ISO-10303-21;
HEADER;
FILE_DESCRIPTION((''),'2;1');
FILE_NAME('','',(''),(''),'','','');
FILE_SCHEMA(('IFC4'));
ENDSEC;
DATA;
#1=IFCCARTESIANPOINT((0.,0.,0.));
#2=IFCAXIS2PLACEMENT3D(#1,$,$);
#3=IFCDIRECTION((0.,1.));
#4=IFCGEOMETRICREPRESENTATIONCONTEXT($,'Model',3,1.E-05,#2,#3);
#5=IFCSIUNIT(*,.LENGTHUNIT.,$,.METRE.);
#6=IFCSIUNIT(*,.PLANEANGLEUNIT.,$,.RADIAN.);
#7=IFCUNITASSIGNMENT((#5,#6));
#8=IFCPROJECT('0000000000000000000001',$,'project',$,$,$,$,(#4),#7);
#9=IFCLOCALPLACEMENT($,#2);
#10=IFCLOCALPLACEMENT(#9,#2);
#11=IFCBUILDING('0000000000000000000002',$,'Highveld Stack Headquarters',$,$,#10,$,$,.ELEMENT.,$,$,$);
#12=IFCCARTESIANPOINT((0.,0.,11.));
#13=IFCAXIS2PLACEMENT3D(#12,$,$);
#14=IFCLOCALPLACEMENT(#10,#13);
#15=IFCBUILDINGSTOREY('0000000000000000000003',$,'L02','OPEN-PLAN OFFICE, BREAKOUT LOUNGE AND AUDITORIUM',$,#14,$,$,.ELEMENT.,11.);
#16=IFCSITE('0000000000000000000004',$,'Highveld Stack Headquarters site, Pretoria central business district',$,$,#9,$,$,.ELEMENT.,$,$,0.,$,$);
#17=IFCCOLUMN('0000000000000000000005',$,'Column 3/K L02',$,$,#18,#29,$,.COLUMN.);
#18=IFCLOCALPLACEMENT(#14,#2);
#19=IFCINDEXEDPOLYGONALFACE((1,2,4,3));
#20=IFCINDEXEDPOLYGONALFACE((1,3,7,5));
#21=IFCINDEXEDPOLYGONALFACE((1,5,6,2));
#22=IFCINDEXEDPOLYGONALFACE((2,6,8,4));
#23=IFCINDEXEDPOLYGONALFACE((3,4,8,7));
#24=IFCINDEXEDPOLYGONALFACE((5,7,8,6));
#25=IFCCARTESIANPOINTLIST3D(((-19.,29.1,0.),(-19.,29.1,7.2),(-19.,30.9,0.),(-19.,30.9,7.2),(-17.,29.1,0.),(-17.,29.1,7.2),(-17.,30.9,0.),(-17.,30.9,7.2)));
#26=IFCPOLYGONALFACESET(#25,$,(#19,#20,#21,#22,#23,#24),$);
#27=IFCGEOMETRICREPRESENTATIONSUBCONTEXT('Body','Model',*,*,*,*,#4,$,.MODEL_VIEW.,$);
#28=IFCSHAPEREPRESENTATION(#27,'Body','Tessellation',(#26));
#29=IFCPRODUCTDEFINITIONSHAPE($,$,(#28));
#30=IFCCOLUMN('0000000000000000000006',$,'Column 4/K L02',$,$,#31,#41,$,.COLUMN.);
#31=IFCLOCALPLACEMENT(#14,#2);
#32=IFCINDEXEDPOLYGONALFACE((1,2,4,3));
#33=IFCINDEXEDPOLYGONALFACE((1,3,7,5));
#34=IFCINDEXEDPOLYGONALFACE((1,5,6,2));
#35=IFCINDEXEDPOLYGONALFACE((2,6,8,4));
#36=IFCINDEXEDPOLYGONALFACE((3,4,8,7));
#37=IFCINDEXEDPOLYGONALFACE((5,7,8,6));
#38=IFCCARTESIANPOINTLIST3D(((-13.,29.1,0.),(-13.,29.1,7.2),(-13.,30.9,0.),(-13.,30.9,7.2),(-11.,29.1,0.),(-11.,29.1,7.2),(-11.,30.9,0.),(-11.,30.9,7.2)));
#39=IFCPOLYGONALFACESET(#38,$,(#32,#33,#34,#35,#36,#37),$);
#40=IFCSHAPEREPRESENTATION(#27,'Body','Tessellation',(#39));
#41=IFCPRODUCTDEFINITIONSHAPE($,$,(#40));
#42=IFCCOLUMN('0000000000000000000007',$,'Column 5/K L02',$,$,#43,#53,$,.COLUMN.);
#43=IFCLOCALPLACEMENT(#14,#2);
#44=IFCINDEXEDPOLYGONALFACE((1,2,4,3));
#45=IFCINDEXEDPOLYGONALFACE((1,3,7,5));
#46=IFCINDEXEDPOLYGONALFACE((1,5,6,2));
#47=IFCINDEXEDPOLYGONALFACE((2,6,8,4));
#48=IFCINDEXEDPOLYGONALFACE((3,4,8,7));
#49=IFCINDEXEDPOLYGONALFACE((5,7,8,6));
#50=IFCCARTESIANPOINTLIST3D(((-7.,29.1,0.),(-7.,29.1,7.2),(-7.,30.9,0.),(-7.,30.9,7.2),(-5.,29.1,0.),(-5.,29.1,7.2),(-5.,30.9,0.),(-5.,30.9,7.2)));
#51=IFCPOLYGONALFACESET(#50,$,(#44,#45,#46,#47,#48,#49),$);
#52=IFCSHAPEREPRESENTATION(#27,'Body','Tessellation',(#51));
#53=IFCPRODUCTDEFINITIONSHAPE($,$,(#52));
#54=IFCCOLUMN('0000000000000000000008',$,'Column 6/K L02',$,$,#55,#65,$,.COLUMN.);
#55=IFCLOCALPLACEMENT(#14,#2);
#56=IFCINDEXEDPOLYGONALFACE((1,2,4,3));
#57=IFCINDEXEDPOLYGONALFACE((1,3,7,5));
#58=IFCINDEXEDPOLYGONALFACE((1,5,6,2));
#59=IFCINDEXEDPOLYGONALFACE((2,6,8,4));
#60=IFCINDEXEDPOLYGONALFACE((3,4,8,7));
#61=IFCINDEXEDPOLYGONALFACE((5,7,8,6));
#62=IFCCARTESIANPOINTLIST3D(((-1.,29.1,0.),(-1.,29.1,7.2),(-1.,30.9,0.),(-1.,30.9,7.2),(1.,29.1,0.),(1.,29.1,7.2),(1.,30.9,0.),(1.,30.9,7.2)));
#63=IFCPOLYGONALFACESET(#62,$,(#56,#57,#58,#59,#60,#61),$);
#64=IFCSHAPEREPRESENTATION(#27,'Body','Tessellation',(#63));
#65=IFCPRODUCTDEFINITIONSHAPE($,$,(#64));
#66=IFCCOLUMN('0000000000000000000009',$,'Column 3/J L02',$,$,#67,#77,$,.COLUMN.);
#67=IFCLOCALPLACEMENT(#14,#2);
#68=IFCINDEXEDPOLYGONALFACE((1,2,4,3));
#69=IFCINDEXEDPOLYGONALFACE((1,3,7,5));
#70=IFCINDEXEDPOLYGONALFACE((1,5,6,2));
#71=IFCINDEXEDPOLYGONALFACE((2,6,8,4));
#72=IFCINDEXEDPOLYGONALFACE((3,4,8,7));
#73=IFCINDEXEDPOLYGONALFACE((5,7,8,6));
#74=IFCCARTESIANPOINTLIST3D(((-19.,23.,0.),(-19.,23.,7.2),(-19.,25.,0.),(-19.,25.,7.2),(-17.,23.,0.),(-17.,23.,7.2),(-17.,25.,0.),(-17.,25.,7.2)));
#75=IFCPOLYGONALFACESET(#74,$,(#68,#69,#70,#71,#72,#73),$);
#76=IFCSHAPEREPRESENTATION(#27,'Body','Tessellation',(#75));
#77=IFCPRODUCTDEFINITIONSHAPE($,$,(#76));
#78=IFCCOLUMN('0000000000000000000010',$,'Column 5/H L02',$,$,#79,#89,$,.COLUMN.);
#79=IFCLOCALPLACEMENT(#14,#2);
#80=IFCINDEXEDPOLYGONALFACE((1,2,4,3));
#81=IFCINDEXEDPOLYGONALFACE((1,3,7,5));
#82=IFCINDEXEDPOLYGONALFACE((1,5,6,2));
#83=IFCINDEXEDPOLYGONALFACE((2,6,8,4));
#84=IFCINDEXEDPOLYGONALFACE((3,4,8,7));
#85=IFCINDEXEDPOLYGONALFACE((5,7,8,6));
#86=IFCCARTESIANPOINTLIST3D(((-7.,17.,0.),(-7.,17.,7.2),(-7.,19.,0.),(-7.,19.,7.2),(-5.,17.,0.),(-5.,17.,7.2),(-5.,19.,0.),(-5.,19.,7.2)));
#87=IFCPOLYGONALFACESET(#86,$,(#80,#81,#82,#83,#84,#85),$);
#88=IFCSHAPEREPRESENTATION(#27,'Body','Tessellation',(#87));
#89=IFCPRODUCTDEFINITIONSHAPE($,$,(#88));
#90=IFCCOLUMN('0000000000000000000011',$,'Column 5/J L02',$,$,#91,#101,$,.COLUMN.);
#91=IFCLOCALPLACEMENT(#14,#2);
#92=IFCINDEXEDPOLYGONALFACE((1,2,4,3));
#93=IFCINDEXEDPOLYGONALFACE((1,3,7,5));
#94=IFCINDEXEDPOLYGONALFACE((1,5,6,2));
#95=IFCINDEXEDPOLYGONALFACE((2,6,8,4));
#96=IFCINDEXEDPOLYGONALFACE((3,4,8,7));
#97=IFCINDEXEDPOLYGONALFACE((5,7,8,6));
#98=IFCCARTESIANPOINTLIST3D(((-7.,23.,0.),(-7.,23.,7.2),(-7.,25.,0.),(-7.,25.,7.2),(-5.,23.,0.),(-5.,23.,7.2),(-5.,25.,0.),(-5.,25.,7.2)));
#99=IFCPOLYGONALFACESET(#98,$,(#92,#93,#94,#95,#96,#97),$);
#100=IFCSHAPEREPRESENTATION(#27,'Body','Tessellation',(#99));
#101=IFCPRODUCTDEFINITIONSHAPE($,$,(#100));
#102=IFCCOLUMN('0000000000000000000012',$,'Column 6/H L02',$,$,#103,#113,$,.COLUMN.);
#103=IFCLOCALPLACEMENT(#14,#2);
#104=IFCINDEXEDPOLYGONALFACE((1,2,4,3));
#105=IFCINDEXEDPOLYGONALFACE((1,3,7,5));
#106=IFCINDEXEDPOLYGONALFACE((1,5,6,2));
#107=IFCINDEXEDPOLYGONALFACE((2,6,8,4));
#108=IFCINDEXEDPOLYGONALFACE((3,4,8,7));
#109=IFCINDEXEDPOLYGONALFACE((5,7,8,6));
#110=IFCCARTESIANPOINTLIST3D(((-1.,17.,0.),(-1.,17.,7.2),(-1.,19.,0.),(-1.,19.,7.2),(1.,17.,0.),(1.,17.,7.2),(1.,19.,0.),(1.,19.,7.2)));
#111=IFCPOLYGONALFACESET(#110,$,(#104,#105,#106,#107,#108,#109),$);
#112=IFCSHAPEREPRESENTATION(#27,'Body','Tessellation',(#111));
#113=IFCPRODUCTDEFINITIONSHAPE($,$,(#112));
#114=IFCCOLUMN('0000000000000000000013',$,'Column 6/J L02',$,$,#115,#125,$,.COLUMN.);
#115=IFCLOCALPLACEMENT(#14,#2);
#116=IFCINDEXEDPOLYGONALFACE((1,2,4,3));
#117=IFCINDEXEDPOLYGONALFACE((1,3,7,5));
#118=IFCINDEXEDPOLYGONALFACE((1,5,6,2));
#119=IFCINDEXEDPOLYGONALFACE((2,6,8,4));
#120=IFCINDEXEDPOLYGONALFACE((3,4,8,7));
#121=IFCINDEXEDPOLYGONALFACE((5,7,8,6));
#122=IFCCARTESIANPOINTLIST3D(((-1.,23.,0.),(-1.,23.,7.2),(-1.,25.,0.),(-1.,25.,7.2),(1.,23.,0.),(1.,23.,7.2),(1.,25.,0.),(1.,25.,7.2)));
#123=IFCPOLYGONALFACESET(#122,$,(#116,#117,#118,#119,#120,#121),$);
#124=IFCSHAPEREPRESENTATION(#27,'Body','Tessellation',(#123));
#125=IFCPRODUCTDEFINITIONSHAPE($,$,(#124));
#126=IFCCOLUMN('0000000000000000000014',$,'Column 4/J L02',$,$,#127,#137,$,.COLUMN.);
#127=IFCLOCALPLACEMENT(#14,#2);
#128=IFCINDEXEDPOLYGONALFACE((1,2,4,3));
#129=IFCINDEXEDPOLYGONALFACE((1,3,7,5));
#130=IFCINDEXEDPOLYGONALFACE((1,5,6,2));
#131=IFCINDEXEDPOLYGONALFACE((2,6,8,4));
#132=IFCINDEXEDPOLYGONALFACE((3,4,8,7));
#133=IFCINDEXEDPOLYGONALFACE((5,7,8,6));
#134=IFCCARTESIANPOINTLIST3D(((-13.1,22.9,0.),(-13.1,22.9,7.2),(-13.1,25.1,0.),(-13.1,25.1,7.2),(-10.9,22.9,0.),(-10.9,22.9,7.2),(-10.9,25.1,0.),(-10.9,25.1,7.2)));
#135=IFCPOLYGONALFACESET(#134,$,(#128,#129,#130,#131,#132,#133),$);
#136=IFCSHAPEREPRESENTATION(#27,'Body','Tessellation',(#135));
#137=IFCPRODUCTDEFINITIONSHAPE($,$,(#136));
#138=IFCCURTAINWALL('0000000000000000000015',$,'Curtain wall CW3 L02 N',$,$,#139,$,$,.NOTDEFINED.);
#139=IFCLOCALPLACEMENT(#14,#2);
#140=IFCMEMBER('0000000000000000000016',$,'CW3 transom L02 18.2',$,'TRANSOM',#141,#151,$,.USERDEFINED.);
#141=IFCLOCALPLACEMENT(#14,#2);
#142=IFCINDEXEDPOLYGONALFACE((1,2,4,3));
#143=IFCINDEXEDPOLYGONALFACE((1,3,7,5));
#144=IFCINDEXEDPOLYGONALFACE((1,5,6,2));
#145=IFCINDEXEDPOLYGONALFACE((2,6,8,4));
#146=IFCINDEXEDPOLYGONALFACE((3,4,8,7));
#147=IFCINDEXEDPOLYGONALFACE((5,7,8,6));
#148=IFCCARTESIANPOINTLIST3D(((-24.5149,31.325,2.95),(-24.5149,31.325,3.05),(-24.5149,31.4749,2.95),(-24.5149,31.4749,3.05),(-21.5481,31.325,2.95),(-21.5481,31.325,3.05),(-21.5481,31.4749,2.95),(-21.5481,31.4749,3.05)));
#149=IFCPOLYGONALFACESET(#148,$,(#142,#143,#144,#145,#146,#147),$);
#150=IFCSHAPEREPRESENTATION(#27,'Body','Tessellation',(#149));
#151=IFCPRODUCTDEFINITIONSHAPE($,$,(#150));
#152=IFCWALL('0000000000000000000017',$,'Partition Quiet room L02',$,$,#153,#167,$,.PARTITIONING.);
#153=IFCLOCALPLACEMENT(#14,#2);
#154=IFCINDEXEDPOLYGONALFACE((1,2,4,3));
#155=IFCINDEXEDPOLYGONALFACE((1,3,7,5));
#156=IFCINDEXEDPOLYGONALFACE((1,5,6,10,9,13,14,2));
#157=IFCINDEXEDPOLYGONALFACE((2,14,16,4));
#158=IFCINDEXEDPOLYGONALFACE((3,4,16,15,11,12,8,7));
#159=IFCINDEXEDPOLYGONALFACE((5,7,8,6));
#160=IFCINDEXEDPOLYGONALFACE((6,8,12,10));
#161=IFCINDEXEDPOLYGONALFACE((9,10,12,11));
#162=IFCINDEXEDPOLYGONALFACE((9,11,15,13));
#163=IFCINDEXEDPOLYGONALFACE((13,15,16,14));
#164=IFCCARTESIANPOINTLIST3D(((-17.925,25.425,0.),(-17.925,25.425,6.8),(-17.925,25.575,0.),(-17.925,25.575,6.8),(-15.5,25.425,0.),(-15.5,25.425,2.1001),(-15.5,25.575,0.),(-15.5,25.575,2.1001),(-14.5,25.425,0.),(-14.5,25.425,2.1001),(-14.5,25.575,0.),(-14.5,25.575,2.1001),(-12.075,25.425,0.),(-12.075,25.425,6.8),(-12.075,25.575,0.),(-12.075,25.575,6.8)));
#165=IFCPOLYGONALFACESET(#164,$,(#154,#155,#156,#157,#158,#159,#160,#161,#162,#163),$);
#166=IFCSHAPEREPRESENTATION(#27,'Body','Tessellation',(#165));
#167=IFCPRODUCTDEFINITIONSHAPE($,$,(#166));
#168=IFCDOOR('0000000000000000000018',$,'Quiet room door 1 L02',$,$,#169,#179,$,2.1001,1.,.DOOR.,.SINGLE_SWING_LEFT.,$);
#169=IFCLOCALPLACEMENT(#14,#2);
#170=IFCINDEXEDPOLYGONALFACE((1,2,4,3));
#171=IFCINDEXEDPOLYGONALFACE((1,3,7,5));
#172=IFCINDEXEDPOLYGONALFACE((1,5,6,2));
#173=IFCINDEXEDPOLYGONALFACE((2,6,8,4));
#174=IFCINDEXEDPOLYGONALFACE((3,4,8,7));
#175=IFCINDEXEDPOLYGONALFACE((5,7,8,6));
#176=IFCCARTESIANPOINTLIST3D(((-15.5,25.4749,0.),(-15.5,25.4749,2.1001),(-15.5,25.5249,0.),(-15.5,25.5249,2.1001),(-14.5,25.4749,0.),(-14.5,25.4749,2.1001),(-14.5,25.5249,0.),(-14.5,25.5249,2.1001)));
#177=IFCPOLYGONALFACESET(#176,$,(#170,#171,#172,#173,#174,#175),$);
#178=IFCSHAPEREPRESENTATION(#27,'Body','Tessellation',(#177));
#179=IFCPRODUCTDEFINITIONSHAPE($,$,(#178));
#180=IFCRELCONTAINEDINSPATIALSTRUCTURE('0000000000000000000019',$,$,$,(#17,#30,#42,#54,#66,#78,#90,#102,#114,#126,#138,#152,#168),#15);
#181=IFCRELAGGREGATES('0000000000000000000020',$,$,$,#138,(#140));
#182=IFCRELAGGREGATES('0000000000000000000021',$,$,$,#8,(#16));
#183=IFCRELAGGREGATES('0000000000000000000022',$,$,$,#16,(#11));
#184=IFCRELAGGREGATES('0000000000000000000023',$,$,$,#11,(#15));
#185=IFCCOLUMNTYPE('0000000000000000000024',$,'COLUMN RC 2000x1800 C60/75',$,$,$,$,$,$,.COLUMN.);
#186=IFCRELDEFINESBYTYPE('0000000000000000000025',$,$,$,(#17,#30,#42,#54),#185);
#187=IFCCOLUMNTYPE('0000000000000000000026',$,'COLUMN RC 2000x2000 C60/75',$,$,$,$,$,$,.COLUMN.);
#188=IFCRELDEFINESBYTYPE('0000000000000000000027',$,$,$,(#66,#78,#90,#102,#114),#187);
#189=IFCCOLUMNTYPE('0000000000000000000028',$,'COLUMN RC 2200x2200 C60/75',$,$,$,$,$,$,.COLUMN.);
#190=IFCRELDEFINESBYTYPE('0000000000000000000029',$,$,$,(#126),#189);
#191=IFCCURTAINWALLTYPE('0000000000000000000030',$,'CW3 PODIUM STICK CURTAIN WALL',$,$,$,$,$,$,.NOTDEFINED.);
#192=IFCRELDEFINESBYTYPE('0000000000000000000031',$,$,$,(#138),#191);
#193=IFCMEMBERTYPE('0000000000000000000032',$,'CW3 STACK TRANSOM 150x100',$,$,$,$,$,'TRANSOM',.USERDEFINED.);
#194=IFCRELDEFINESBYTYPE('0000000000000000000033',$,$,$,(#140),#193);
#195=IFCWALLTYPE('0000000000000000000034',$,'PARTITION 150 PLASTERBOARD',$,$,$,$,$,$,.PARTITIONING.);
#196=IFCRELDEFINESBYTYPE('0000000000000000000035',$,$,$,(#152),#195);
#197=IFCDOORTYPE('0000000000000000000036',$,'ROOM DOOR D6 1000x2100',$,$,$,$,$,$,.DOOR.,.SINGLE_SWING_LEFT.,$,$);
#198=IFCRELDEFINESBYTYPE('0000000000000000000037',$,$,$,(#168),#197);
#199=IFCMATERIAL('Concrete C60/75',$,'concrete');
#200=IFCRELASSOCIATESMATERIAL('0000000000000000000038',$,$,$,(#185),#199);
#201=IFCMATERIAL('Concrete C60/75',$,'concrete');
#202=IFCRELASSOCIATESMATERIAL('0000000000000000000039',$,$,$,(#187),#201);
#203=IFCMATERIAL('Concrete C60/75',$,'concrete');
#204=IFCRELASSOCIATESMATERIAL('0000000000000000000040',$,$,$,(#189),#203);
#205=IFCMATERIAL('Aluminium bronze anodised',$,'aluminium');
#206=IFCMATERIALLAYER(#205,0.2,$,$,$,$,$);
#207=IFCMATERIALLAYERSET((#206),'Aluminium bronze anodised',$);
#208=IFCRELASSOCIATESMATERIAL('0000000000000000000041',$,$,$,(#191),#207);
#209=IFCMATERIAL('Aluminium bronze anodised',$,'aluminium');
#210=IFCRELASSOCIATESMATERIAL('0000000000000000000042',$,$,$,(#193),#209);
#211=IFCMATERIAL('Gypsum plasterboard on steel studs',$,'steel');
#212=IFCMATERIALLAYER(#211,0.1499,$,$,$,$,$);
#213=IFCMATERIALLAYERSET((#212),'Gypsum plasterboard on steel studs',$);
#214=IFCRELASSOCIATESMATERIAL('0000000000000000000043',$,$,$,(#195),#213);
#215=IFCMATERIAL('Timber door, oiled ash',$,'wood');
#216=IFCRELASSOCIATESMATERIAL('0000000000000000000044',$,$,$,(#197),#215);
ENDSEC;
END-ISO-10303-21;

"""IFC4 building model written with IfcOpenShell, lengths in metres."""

from ifc_helpers import new_model, si_unit, direction, frame, frame_2d, origin, origin_2d, place, context, subcontext, project, spatial, rectangle, extrude, material, layer, layer_set, material_profile, profile_set, type_object, element, fill, aggregate, save


model = new_model("IFC4")

# Units and contexts
model_context = context("Model", 3, precision=1e-05, world=origin(), true_north=direction((0.0, 1.0)))
body_context = subcontext(model_context, "Body", "Model", "MODEL_VIEW")
ifc_project = project(units=[si_unit("LENGTHUNIT", "METRE"), si_unit("PLANEANGLEUNIT", "RADIAN")], contexts=[model_context])

# Site, building, storey
site_placement = place(None, origin())
site = spatial("IfcSite", under=ifc_project, at=site_placement, Name="Highveld Stack Headquarters site, Pretoria central business district", CompositionType="ELEMENT", RefElevation=0.0)
building_placement = place(site_placement, origin())
building = spatial("IfcBuilding", under=site, at=building_placement, Name="Highveld Stack Headquarters", CompositionType="ELEMENT")
storey_placement = place(building_placement, frame((0.0, 0.0, 11.0)))
storey = spatial("IfcBuildingStorey", under=building, at=storey_placement, Name="L02", Description="OPEN-PLAN OFFICE, BREAKOUT LOUNGE AND AUDITORIUM", CompositionType="ELEMENT", Elevation=11.0)

# Columns
ifc_material_1 = material(Name="Concrete C60/75", Category="concrete")
ifc_material_profile_1 = material_profile(ifc_material_1, rectangle(XDim=2.0, YDim=1.8, at=origin_2d()), Name="RC 2000x1800")
ifc_profile_set_1 = profile_set([ifc_material_profile_1], Name="Concrete C60/75")
column_type_1 = type_object("IfcColumnType", Name="COLUMN RC 2000x1800 C60/75", PredefinedType="COLUMN", material=ifc_profile_set_1)
for number, where, z_axis, x_axis, name in (
    (1, (-18.0, 30.0, 0.0), (0.0, 0.0, 1.0), (1.0, 0.0, 0.0), "Column 3/K L02"),
    (2, (-12.0, 30.0, 0.0), (0.0, 0.0, 1.0), (1.0, 0.0, 0.0), "Column 4/K L02"),
    (3, (-6.0, 30.0, 0.0), (0.0, 0.0, 1.0), (1.0, 0.0, 0.0), "Column 5/K L02"),
    (4, (0.0, 30.0, 0.0), (0.0, 0.0, 1.0), (1.0, 0.0, 0.0), "Column 6/K L02"),
):
    element("IfcColumn", number, at=place(storey_placement, frame(where, z_axis=z_axis, x_axis=x_axis)), inside=storey, type_object=column_type_1, Name=name, PredefinedType="COLUMN", context=body_context, shape_type="SweptSolid", body=[
        extrude(rectangle(XDim=2.0, YDim=1.8, at=origin_2d()), origin(), (0.0, 0.0, 1.0), 7.2),
    ])
ifc_material_2 = material(Name="Concrete C60/75", Category="concrete")
ifc_material_profile_2 = material_profile(ifc_material_2, rectangle(XDim=2.0, YDim=2.0, at=origin_2d()), Name="RC 2000x2000")
ifc_profile_set_2 = profile_set([ifc_material_profile_2], Name="Concrete C60/75")
column_type_2 = type_object("IfcColumnType", Name="COLUMN RC 2000x2000 C60/75", PredefinedType="COLUMN", material=ifc_profile_set_2)
for number, where, z_axis, x_axis, name in (
    (5, (-18.0, 24.0, 0.0), (0.0, 0.0, 1.0), (1.0, 0.0, 0.0), "Column 3/J L02"),
    (6, (-6.0, 18.0, 0.0), (0.0, 0.0, 1.0), (1.0, 0.0, 0.0), "Column 5/H L02"),
    (7, (-6.0, 24.0, 0.0), (0.0, 0.0, 1.0), (1.0, 0.0, 0.0), "Column 5/J L02"),
    (8, (0.0, 18.0, 0.0), (0.0, 0.0, 1.0), (1.0, 0.0, 0.0), "Column 6/H L02"),
    (9, (0.0, 24.0, 0.0), (0.0, 0.0, 1.0), (1.0, 0.0, 0.0), "Column 6/J L02"),
):
    element("IfcColumn", number, at=place(storey_placement, frame(where, z_axis=z_axis, x_axis=x_axis)), inside=storey, type_object=column_type_2, Name=name, PredefinedType="COLUMN", context=body_context, shape_type="SweptSolid", body=[
        extrude(rectangle(XDim=2.0, YDim=2.0, at=origin_2d()), origin(), (0.0, 0.0, 1.0), 7.2),
    ])
ifc_material_3 = material(Name="Concrete C60/75", Category="concrete")
ifc_material_profile_3 = material_profile(ifc_material_3, rectangle(XDim=2.2, YDim=2.2, at=origin_2d()), Name="RC 2200x2200")
ifc_profile_set_3 = profile_set([ifc_material_profile_3], Name="Concrete C60/75")
column_type_3 = type_object("IfcColumnType", Name="COLUMN RC 2200x2200 C60/75", PredefinedType="COLUMN", material=ifc_profile_set_3)
column_placement = place(storey_placement, frame((-12.0, 24.0, 0.0), z_axis=(0.0, 0.0, 1.0), x_axis=(1.0, 0.0, 0.0)))
element("IfcColumn", 10, at=column_placement, inside=storey, type_object=column_type_3, Name="Column 4/J L02", PredefinedType="COLUMN", context=body_context, shape_type="SweptSolid", body=[
    extrude(rectangle(XDim=2.2, YDim=2.2, at=origin_2d()), origin(), (0.0, 0.0, 1.0), 7.2),
])

# Curtain wall, member
ifc_material_4 = material(Name="Aluminium bronze anodised", Category="aluminium")
ifc_layer_1 = layer(ifc_material_4, 0.2)
ifc_layer_set_1 = layer_set([ifc_layer_1], Name="Aluminium bronze anodised")
curtain_wall_type = type_object("IfcCurtainWallType", Name="CW3 PODIUM STICK CURTAIN WALL", PredefinedType="NOTDEFINED", material=ifc_layer_set_1)
curtain_wall_placement = place(storey_placement, origin())
curtain_wall = element("IfcCurtainWall", 11, at=curtain_wall_placement, inside=storey, type_object=curtain_wall_type, Name="Curtain wall CW3 L02 N", PredefinedType="NOTDEFINED")
ifc_material_5 = material(Name="Aluminium bronze anodised", Category="aluminium")
ifc_material_profile_4 = material_profile(ifc_material_5, rectangle(XDim=0.1499, YDim=0.1001, at=origin_2d()), Name="CW3 TRANSOM 150x100")
ifc_profile_set_4 = profile_set([ifc_material_profile_4], Name="Aluminium bronze anodised")
member_type = type_object("IfcMemberType", Name="CW3 STACK TRANSOM 150x100", ElementType="TRANSOM", PredefinedType="USERDEFINED", material=ifc_profile_set_4)
member_placement = place(storey_placement, frame((-21.5481, 31.3999, 3.0), z_axis=(-1.0, 0.0, 0.0), x_axis=(0.0, -1.0, 0.0)))
member = element("IfcMember", 12, at=member_placement, type_object=member_type, Name="CW3 transom L02 18.2", ObjectType="TRANSOM", PredefinedType="USERDEFINED", context=body_context, shape_type="SweptSolid", body=[
    extrude(rectangle(XDim=0.1499, YDim=0.1001, at=origin_2d()), origin(), (0.0, 0.0, 1.0), 2.9668),
])
aggregate(curtain_wall, [member])

# Wall, opening, door
ifc_material_6 = material(Name="Gypsum plasterboard on steel studs", Category="steel")
ifc_layer_2 = layer(ifc_material_6, 0.1499)
ifc_layer_set_2 = layer_set([ifc_layer_2], Name="Gypsum plasterboard on steel studs")
wall_type = type_object("IfcWallType", Name="PARTITION 150 PLASTERBOARD", PredefinedType="PARTITIONING", material=ifc_layer_set_2)
wall_1_placement = place(storey_placement, frame((-17.925, 25.5, 0.0), z_axis=(0.0, 0.0, 1.0), x_axis=(1.0, 0.0, 0.0)))
wall_1 = element("IfcWall", 13, at=wall_1_placement, inside=storey, type_object=wall_type, Name="Partition Quiet room L02", PredefinedType="PARTITIONING", context=body_context, shape_type="SweptSolid", body=[
    extrude(rectangle(XDim=5.8501, YDim=0.1499, at=frame_2d((2.925, 0.0))), origin(), (0.0, 0.0, 1.0), 6.8),
])
opening_1_placement = place(wall_1_placement, frame((2.425, 0.0, 0.0)))
opening_1 = element("IfcOpeningElement", 14, at=opening_1_placement, cuts=wall_1, PredefinedType="OPENING", context=body_context, shape_type="SweptSolid", body=[
    extrude(rectangle(XDim=1.0, YDim=2.1001, at=frame_2d((0.5, 1.05))), frame((0.0, 0.085, 0.0), z_axis=(0.0, -1.0, 0.0), x_axis=(1.0, 0.0, 0.0)), (0.0, 0.0, 1.0), 0.1699),
])
ifc_material_7 = material(Name="Timber door, oiled ash", Category="wood")
door_type = type_object("IfcDoorType", Name="ROOM DOOR D6 1000x2100", OperationType="SINGLE_SWING_LEFT", PredefinedType="DOOR", material=ifc_material_7)
door_1_placement = place(opening_1_placement, origin())
door_1 = element("IfcDoor", 15, at=door_1_placement, inside=storey, type_object=door_type, Name="Quiet room door 1 L02", OperationType="SINGLE_SWING_LEFT", OverallHeight=2.1001, OverallWidth=1.0, PredefinedType="DOOR", context=body_context, shape_type="SweptSolid", body=[
    extrude(rectangle(XDim=1.0, YDim=2.1001, at=frame_2d((0.5, 1.05))), frame((0.0, 0.0249, 0.0), z_axis=(0.0, -1.0, 0.0), x_axis=(1.0, 0.0, 0.0)), (0.0, 0.0, 1.0), 0.05),
])
fill(opening_1, door_1)

save(model, "model.ifc")
